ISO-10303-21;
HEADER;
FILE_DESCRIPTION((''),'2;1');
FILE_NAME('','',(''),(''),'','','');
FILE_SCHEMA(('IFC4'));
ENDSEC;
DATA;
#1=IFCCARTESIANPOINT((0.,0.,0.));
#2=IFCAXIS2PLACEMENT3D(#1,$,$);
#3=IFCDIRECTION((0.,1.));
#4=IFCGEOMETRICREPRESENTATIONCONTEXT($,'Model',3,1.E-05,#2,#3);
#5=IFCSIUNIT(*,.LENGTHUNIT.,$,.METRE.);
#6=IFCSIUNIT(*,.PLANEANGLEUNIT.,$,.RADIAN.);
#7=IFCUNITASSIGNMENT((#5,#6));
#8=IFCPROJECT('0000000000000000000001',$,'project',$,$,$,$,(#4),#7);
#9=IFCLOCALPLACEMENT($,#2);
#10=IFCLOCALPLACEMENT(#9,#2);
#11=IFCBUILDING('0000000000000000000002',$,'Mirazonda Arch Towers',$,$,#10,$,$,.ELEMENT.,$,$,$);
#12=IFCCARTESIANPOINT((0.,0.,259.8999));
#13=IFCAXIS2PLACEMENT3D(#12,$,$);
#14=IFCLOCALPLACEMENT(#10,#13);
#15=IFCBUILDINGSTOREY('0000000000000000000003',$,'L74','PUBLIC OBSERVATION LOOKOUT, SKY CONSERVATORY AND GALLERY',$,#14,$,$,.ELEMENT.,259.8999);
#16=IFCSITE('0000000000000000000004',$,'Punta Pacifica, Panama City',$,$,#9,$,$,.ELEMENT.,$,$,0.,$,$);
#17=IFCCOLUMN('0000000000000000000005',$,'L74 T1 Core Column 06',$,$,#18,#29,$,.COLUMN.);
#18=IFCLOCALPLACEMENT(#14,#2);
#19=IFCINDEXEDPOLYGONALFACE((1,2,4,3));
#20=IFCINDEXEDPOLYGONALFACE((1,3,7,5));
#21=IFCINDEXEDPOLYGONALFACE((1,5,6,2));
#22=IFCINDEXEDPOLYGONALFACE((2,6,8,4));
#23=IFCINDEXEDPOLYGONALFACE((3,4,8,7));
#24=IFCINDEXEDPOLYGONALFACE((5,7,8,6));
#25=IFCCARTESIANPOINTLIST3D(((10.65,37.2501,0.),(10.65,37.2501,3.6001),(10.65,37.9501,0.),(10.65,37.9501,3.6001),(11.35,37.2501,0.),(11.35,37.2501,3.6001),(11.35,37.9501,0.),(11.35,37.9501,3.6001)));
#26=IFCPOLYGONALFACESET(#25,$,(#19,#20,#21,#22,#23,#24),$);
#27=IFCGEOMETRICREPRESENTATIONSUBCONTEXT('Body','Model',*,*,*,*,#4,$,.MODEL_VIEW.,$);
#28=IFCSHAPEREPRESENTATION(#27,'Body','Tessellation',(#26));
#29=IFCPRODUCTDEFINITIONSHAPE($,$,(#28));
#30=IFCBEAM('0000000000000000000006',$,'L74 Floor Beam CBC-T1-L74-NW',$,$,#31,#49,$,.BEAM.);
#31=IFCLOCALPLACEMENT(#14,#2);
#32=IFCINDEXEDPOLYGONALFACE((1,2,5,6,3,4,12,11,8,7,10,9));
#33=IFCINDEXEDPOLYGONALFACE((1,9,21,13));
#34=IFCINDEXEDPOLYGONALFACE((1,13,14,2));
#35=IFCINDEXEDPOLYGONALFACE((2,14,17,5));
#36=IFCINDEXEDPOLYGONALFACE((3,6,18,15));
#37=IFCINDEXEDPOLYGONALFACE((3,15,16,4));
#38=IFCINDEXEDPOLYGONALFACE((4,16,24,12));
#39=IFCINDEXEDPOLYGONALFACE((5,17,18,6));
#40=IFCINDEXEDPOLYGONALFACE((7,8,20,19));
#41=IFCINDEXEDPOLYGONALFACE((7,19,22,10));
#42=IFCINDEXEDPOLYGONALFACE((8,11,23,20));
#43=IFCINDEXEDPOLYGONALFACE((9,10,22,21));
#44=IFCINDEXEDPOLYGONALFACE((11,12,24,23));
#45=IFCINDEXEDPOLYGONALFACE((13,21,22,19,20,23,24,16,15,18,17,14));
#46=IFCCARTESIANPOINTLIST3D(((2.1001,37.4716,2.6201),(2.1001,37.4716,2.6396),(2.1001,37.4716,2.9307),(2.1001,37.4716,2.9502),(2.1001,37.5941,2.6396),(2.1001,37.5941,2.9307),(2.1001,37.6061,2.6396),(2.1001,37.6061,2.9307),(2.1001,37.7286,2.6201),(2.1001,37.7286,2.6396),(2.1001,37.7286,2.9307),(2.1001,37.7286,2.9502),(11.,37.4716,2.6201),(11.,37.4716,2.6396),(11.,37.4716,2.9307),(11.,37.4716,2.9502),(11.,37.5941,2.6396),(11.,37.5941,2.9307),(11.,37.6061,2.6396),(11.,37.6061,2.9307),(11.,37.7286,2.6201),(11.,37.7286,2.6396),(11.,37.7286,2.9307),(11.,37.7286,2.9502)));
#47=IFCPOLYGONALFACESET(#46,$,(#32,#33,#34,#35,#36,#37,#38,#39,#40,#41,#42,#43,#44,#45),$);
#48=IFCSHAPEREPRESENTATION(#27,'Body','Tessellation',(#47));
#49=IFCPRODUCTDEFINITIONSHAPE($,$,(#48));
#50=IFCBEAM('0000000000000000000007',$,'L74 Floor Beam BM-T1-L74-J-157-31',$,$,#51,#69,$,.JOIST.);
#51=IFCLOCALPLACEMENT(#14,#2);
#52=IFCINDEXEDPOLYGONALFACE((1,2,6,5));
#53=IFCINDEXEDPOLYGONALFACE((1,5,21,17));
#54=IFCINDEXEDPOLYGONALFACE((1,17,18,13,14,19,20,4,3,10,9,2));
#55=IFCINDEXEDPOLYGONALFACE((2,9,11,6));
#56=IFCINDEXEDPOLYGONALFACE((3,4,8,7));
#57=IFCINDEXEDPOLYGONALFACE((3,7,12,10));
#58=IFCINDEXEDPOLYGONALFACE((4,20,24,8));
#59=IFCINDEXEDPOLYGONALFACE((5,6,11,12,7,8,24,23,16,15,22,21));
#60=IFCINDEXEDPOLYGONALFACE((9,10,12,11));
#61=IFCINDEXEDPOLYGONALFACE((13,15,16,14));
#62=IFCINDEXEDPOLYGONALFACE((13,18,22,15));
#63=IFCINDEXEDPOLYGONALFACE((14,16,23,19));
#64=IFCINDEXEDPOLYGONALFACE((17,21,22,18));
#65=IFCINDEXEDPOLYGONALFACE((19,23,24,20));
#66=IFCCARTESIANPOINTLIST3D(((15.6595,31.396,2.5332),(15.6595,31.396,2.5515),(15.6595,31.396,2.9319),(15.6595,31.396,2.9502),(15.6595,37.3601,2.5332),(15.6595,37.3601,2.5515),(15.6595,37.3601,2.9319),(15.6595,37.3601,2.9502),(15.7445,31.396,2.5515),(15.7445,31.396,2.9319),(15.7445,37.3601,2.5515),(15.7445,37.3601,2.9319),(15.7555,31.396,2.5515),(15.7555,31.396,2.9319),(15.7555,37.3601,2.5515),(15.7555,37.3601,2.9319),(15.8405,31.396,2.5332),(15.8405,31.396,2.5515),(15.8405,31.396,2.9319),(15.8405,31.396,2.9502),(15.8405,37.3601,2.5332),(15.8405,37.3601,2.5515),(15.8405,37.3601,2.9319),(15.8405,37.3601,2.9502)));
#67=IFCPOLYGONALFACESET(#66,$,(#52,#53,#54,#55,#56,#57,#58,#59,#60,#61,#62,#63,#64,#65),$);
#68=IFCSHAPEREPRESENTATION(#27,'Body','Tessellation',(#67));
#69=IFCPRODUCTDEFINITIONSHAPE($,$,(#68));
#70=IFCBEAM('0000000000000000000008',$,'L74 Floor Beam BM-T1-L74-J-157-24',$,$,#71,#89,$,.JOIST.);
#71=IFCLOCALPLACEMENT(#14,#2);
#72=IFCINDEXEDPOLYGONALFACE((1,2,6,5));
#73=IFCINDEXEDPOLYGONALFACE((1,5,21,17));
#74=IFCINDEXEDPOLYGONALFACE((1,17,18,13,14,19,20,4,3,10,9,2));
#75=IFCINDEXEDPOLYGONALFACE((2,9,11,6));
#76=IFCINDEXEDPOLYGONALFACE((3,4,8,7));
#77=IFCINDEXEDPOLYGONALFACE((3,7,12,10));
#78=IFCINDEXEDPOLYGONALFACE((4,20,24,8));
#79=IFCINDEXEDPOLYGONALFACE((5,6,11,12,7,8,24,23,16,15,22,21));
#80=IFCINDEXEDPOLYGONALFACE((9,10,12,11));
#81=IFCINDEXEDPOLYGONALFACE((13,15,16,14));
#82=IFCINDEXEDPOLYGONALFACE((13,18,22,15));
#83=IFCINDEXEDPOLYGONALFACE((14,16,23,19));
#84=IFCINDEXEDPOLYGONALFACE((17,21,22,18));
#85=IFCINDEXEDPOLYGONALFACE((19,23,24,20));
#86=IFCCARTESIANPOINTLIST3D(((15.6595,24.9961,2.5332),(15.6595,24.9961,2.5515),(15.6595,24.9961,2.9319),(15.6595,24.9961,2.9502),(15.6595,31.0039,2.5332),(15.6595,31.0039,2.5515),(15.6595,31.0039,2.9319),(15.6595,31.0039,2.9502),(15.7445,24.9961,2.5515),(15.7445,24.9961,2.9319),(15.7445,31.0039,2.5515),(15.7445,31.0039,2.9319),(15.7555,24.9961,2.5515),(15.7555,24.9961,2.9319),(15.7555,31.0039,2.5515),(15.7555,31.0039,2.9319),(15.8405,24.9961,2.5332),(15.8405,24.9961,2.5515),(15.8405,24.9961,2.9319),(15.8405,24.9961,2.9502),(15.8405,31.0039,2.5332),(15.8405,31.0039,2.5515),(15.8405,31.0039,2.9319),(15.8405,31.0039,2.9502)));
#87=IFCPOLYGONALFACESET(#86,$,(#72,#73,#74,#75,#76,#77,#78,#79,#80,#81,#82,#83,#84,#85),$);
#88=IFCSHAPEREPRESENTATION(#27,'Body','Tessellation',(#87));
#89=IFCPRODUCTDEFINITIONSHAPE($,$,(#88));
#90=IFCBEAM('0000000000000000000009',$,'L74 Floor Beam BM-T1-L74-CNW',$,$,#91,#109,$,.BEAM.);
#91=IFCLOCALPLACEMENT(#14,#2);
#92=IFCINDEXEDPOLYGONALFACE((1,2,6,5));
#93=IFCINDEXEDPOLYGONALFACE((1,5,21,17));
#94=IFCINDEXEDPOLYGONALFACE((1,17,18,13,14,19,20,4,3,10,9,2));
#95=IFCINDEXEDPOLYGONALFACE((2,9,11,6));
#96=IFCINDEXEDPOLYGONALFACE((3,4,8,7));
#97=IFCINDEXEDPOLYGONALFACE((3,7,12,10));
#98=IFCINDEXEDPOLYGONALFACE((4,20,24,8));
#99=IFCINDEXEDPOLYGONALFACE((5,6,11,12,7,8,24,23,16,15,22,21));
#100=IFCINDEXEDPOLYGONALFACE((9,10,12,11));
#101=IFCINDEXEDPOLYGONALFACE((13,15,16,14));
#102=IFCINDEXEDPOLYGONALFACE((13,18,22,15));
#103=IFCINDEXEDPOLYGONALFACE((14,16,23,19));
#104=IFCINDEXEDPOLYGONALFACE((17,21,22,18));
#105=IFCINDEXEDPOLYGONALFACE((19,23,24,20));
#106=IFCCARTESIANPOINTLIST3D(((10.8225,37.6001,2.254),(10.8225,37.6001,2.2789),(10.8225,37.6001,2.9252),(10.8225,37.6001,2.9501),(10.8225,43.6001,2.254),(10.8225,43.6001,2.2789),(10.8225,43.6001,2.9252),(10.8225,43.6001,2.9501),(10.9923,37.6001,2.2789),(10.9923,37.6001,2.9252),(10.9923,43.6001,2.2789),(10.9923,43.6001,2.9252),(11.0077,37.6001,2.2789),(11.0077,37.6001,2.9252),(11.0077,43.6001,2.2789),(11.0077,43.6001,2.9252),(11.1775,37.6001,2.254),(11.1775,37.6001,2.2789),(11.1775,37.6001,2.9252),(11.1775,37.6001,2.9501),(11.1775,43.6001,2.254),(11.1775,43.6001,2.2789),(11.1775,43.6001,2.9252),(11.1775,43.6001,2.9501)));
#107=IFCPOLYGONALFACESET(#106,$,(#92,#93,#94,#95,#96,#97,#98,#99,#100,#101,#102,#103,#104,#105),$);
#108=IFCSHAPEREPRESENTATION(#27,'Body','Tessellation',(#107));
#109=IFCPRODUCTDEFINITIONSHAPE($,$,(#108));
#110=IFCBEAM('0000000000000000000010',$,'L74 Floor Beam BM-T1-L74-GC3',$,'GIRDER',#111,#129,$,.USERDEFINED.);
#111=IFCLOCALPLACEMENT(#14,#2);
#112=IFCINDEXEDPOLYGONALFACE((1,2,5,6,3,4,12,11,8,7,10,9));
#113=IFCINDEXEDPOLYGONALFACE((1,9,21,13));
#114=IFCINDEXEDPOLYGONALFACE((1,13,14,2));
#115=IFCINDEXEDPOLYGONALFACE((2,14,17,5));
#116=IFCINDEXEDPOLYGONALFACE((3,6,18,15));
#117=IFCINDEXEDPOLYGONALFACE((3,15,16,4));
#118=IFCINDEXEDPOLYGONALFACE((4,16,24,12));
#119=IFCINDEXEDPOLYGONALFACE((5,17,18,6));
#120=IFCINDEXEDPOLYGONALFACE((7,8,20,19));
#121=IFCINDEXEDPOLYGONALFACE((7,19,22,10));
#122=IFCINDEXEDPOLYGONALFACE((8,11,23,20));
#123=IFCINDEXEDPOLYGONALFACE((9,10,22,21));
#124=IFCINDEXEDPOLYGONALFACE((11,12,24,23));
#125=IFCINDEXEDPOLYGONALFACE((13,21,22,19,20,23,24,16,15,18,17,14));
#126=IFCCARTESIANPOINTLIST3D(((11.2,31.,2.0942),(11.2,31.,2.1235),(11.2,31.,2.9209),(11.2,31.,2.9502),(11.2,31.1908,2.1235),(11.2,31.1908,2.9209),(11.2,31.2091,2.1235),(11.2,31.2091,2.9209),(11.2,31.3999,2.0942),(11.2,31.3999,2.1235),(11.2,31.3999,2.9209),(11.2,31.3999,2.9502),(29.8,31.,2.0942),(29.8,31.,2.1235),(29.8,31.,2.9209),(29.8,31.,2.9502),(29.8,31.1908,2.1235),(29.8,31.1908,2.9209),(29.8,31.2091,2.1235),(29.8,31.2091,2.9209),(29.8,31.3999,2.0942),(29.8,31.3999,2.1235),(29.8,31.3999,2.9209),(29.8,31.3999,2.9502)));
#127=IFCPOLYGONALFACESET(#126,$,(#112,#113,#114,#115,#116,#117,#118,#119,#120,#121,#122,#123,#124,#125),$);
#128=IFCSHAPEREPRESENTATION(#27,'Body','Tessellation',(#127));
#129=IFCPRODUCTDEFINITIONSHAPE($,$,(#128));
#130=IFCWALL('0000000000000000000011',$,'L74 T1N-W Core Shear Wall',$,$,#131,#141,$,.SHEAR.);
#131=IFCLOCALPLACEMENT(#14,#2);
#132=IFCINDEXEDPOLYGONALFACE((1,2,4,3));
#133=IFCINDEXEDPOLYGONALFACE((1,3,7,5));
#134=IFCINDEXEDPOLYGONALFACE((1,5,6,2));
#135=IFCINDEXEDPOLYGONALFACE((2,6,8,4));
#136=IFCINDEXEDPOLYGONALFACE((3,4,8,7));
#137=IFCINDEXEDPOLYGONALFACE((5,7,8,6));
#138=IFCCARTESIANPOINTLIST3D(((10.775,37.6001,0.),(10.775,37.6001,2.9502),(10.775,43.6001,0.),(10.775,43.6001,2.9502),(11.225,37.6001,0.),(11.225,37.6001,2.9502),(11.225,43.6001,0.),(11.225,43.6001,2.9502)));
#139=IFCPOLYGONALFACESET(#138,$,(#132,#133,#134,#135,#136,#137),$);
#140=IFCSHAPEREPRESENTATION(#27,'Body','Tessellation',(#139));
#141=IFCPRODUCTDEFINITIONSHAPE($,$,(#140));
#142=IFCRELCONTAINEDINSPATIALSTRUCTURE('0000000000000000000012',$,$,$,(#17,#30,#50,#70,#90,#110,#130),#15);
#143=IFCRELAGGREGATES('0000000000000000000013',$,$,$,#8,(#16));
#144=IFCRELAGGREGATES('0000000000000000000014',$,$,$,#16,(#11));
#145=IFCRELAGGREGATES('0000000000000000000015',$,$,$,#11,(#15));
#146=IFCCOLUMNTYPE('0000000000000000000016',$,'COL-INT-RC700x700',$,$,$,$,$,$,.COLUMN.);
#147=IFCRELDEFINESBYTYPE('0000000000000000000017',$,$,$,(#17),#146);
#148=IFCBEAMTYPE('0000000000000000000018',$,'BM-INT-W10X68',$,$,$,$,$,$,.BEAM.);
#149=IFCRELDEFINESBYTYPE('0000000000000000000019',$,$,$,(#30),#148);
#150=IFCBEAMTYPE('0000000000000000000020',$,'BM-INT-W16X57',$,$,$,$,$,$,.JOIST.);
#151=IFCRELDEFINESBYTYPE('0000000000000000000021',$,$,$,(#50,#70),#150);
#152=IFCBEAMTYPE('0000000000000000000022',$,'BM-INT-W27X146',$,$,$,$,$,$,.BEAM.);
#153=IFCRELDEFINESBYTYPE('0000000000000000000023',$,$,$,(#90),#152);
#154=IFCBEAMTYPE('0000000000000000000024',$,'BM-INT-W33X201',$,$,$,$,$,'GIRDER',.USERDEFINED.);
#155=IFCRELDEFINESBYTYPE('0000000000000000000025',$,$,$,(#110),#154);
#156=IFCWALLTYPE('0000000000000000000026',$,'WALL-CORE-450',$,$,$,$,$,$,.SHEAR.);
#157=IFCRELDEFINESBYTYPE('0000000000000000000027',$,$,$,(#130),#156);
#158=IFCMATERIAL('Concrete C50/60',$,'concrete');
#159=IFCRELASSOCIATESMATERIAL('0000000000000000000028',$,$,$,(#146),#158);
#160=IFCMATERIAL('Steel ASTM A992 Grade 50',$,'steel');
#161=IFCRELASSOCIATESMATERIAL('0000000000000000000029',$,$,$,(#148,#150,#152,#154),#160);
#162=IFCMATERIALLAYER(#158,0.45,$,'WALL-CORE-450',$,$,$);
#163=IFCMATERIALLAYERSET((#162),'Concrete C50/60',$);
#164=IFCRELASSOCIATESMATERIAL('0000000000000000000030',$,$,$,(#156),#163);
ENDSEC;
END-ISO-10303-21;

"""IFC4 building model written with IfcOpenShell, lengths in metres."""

from ifc_helpers import new_model, si_unit, direction, frame, frame_2d, origin, origin_2d, place, context, subcontext, project, spatial, rectangle, i_section, extrude, material, layer, layer_set, material_profile, profile_set, type_object, element, save


model = new_model("IFC4")

# Units and contexts
model_context = context("Model", 3, precision=1e-05, world=origin(), true_north=direction((0.0, 1.0)))
body_context = subcontext(model_context, "Body", "Model", "MODEL_VIEW")
ifc_project = project(units=[si_unit("LENGTHUNIT", "METRE"), si_unit("PLANEANGLEUNIT", "RADIAN")], contexts=[model_context])

# Site, building, storey
site_placement = place(None, origin())
site = spatial("IfcSite", under=ifc_project, at=site_placement, Name="Punta Pacifica, Panama City", CompositionType="ELEMENT", RefElevation=0.0)
building_placement = place(site_placement, origin())
building = spatial("IfcBuilding", under=site, at=building_placement, Name="Mirazonda Arch Towers", CompositionType="ELEMENT")
storey_placement = place(building_placement, frame((0.0, 0.0, 259.8999)))
storey = spatial("IfcBuildingStorey", under=building, at=storey_placement, Name="L74", Description="PUBLIC OBSERVATION LOOKOUT, SKY CONSERVATORY AND GALLERY", CompositionType="ELEMENT", Elevation=259.8999)

# Column
ifc_material_1 = material(Name="Concrete C50/60", Category="concrete")
ifc_material_profile_1 = material_profile(ifc_material_1, rectangle(XDim=0.7, YDim=0.7, at=origin_2d()), Name="RC700x700")
ifc_profile_set_1 = profile_set([ifc_material_profile_1], Name="Concrete C50/60")
column_type = type_object("IfcColumnType", Name="COL-INT-RC700x700", PredefinedType="COLUMN", material=ifc_profile_set_1)
column_placement = place(storey_placement, frame((11.0, 37.6001, 0.0), z_axis=(0.0, 0.0, 1.0), x_axis=(1.0, 0.0, 0.0)))
element("IfcColumn", 1, at=column_placement, inside=storey, type_object=column_type, Name="L74 T1 Core Column 06", PredefinedType="COLUMN", context=body_context, shape_type="SweptSolid", body=[
    extrude(rectangle(XDim=0.7, YDim=0.7, at=origin_2d()), origin(), (0.0, 0.0, 1.0), 3.6001),
])

# Beams
ifc_material_2 = material(Name="Steel ASTM A992 Grade 50", Category="steel")
ifc_material_profile_2 = material_profile(ifc_material_2, i_section(OverallWidth=0.2571, OverallDepth=0.3301, WebThickness=0.012, FlangeThickness=0.0195, at=origin_2d()), Name="W10X68")
ifc_profile_set_2 = profile_set([ifc_material_profile_2], Name="Steel ASTM A992 Grade 50")
beam_type_1 = type_object("IfcBeamType", Name="BM-INT-W10X68", PredefinedType="BEAM", material=ifc_profile_set_2)
beam_1_placement = place(storey_placement, frame((2.1001, 37.6001, 2.7852), z_axis=(1.0, 0.0, 0.0), x_axis=(0.0, 1.0, 0.0)))
element("IfcBeam", 2, at=beam_1_placement, inside=storey, type_object=beam_type_1, Name="L74 Floor Beam CBC-T1-L74-NW", PredefinedType="BEAM", context=body_context, shape_type="SweptSolid", body=[
    extrude(i_section(OverallWidth=0.2571, OverallDepth=0.3301, WebThickness=0.012, FlangeThickness=0.0195, at=origin_2d()), origin(), (0.0, 0.0, 1.0), 8.8999),
])
ifc_material_profile_3 = material_profile(ifc_material_2, i_section(OverallWidth=0.1809, OverallDepth=0.417, WebThickness=0.011, FlangeThickness=0.0183, at=origin_2d()), Name="W16X57")
ifc_profile_set_3 = profile_set([ifc_material_profile_3], Name="Steel ASTM A992 Grade 50")
beam_type_2 = type_object("IfcBeamType", Name="BM-INT-W16X57", PredefinedType="JOIST", material=ifc_profile_set_3)
beam_2_placement = place(storey_placement, frame((15.75, 31.396, 2.7417), z_axis=(0.0, 1.0, 0.0), x_axis=(-1.0, 0.0, 0.0)))
element("IfcBeam", 3, at=beam_2_placement, inside=storey, type_object=beam_type_2, Name="L74 Floor Beam BM-T1-L74-J-157-31", PredefinedType="JOIST", context=body_context, shape_type="SweptSolid", body=[
    extrude(i_section(OverallWidth=0.1809, OverallDepth=0.417, WebThickness=0.011, FlangeThickness=0.0183, at=origin_2d()), origin(), (0.0, 0.0, 1.0), 5.9641),
])
beam_3_placement = place(storey_placement, frame((15.75, 24.9961, 2.7417), z_axis=(0.0, 1.0, 0.0), x_axis=(-1.0, 0.0, 0.0)))
element("IfcBeam", 4, at=beam_3_placement, inside=storey, type_object=beam_type_2, Name="L74 Floor Beam BM-T1-L74-J-157-24", PredefinedType="JOIST", context=body_context, shape_type="SweptSolid", body=[
    extrude(i_section(OverallWidth=0.1809, OverallDepth=0.417, WebThickness=0.011, FlangeThickness=0.0183, at=origin_2d()), origin(), (0.0, 0.0, 1.0), 6.0078),
])
ifc_material_profile_4 = material_profile(ifc_material_2, i_section(OverallWidth=0.355, OverallDepth=0.696, WebThickness=0.0154, FlangeThickness=0.0249, at=origin_2d()), Name="W27X146")
ifc_profile_set_4 = profile_set([ifc_material_profile_4], Name="Steel ASTM A992 Grade 50")
beam_type_3 = type_object("IfcBeamType", Name="BM-INT-W27X146", PredefinedType="BEAM", material=ifc_profile_set_4)
beam_4_placement = place(storey_placement, frame((11.0, 37.6001, 2.6021), z_axis=(0.0, 1.0, 0.0), x_axis=(-1.0, 0.0, 0.0)))
element("IfcBeam", 5, at=beam_4_placement, inside=storey, type_object=beam_type_3, Name="L74 Floor Beam BM-T1-L74-CNW", PredefinedType="BEAM", context=body_context, shape_type="SweptSolid", body=[
    extrude(i_section(OverallWidth=0.355, OverallDepth=0.696, WebThickness=0.0154, FlangeThickness=0.0249, at=origin_2d()), origin(), (0.0, 0.0, 1.0), 6.0),
])
ifc_material_profile_5 = material_profile(ifc_material_2, i_section(OverallWidth=0.3999, OverallDepth=0.856, WebThickness=0.0183, FlangeThickness=0.0293, at=origin_2d()), Name="W33X201")
ifc_profile_set_5 = profile_set([ifc_material_profile_5], Name="Steel ASTM A992 Grade 50")
beam_type_4 = type_object("IfcBeamType", Name="BM-INT-W33X201", ElementType="GIRDER", PredefinedType="USERDEFINED", material=ifc_profile_set_5)
beam_5_placement = place(storey_placement, frame((11.2, 31.2, 2.5222), z_axis=(1.0, 0.0, 0.0), x_axis=(0.0, 1.0, 0.0)))
element("IfcBeam", 6, at=beam_5_placement, inside=storey, type_object=beam_type_4, Name="L74 Floor Beam BM-T1-L74-GC3", ObjectType="GIRDER", PredefinedType="USERDEFINED", context=body_context, shape_type="SweptSolid", body=[
    extrude(i_section(OverallWidth=0.3999, OverallDepth=0.856, WebThickness=0.0183, FlangeThickness=0.0293, at=origin_2d()), origin(), (0.0, 0.0, 1.0), 18.6001),
])

# Wall
ifc_layer_1 = layer(ifc_material_1, 0.45, Name="WALL-CORE-450")
ifc_layer_set_1 = layer_set([ifc_layer_1], Name="Concrete C50/60")
wall_type_1 = type_object("IfcWallType", Name="WALL-CORE-450", PredefinedType="SHEAR", material=ifc_layer_set_1)
wall_1_placement = place(storey_placement, frame((11.0, 37.6001, 0.0), z_axis=(0.0, 0.0, 1.0), x_axis=(0.0, 1.0, 0.0)))
element("IfcWall", 7, at=wall_1_placement, inside=storey, type_object=wall_type_1, Name="L74 T1N-W Core Shear Wall", PredefinedType="SHEAR", context=body_context, shape_type="SweptSolid", body=[
    extrude(rectangle(XDim=6.0, YDim=0.45, at=frame_2d((3.0, 0.0))), origin(), (0.0, 0.0, 1.0), 2.9502),
])

save(model, "model.ifc")
